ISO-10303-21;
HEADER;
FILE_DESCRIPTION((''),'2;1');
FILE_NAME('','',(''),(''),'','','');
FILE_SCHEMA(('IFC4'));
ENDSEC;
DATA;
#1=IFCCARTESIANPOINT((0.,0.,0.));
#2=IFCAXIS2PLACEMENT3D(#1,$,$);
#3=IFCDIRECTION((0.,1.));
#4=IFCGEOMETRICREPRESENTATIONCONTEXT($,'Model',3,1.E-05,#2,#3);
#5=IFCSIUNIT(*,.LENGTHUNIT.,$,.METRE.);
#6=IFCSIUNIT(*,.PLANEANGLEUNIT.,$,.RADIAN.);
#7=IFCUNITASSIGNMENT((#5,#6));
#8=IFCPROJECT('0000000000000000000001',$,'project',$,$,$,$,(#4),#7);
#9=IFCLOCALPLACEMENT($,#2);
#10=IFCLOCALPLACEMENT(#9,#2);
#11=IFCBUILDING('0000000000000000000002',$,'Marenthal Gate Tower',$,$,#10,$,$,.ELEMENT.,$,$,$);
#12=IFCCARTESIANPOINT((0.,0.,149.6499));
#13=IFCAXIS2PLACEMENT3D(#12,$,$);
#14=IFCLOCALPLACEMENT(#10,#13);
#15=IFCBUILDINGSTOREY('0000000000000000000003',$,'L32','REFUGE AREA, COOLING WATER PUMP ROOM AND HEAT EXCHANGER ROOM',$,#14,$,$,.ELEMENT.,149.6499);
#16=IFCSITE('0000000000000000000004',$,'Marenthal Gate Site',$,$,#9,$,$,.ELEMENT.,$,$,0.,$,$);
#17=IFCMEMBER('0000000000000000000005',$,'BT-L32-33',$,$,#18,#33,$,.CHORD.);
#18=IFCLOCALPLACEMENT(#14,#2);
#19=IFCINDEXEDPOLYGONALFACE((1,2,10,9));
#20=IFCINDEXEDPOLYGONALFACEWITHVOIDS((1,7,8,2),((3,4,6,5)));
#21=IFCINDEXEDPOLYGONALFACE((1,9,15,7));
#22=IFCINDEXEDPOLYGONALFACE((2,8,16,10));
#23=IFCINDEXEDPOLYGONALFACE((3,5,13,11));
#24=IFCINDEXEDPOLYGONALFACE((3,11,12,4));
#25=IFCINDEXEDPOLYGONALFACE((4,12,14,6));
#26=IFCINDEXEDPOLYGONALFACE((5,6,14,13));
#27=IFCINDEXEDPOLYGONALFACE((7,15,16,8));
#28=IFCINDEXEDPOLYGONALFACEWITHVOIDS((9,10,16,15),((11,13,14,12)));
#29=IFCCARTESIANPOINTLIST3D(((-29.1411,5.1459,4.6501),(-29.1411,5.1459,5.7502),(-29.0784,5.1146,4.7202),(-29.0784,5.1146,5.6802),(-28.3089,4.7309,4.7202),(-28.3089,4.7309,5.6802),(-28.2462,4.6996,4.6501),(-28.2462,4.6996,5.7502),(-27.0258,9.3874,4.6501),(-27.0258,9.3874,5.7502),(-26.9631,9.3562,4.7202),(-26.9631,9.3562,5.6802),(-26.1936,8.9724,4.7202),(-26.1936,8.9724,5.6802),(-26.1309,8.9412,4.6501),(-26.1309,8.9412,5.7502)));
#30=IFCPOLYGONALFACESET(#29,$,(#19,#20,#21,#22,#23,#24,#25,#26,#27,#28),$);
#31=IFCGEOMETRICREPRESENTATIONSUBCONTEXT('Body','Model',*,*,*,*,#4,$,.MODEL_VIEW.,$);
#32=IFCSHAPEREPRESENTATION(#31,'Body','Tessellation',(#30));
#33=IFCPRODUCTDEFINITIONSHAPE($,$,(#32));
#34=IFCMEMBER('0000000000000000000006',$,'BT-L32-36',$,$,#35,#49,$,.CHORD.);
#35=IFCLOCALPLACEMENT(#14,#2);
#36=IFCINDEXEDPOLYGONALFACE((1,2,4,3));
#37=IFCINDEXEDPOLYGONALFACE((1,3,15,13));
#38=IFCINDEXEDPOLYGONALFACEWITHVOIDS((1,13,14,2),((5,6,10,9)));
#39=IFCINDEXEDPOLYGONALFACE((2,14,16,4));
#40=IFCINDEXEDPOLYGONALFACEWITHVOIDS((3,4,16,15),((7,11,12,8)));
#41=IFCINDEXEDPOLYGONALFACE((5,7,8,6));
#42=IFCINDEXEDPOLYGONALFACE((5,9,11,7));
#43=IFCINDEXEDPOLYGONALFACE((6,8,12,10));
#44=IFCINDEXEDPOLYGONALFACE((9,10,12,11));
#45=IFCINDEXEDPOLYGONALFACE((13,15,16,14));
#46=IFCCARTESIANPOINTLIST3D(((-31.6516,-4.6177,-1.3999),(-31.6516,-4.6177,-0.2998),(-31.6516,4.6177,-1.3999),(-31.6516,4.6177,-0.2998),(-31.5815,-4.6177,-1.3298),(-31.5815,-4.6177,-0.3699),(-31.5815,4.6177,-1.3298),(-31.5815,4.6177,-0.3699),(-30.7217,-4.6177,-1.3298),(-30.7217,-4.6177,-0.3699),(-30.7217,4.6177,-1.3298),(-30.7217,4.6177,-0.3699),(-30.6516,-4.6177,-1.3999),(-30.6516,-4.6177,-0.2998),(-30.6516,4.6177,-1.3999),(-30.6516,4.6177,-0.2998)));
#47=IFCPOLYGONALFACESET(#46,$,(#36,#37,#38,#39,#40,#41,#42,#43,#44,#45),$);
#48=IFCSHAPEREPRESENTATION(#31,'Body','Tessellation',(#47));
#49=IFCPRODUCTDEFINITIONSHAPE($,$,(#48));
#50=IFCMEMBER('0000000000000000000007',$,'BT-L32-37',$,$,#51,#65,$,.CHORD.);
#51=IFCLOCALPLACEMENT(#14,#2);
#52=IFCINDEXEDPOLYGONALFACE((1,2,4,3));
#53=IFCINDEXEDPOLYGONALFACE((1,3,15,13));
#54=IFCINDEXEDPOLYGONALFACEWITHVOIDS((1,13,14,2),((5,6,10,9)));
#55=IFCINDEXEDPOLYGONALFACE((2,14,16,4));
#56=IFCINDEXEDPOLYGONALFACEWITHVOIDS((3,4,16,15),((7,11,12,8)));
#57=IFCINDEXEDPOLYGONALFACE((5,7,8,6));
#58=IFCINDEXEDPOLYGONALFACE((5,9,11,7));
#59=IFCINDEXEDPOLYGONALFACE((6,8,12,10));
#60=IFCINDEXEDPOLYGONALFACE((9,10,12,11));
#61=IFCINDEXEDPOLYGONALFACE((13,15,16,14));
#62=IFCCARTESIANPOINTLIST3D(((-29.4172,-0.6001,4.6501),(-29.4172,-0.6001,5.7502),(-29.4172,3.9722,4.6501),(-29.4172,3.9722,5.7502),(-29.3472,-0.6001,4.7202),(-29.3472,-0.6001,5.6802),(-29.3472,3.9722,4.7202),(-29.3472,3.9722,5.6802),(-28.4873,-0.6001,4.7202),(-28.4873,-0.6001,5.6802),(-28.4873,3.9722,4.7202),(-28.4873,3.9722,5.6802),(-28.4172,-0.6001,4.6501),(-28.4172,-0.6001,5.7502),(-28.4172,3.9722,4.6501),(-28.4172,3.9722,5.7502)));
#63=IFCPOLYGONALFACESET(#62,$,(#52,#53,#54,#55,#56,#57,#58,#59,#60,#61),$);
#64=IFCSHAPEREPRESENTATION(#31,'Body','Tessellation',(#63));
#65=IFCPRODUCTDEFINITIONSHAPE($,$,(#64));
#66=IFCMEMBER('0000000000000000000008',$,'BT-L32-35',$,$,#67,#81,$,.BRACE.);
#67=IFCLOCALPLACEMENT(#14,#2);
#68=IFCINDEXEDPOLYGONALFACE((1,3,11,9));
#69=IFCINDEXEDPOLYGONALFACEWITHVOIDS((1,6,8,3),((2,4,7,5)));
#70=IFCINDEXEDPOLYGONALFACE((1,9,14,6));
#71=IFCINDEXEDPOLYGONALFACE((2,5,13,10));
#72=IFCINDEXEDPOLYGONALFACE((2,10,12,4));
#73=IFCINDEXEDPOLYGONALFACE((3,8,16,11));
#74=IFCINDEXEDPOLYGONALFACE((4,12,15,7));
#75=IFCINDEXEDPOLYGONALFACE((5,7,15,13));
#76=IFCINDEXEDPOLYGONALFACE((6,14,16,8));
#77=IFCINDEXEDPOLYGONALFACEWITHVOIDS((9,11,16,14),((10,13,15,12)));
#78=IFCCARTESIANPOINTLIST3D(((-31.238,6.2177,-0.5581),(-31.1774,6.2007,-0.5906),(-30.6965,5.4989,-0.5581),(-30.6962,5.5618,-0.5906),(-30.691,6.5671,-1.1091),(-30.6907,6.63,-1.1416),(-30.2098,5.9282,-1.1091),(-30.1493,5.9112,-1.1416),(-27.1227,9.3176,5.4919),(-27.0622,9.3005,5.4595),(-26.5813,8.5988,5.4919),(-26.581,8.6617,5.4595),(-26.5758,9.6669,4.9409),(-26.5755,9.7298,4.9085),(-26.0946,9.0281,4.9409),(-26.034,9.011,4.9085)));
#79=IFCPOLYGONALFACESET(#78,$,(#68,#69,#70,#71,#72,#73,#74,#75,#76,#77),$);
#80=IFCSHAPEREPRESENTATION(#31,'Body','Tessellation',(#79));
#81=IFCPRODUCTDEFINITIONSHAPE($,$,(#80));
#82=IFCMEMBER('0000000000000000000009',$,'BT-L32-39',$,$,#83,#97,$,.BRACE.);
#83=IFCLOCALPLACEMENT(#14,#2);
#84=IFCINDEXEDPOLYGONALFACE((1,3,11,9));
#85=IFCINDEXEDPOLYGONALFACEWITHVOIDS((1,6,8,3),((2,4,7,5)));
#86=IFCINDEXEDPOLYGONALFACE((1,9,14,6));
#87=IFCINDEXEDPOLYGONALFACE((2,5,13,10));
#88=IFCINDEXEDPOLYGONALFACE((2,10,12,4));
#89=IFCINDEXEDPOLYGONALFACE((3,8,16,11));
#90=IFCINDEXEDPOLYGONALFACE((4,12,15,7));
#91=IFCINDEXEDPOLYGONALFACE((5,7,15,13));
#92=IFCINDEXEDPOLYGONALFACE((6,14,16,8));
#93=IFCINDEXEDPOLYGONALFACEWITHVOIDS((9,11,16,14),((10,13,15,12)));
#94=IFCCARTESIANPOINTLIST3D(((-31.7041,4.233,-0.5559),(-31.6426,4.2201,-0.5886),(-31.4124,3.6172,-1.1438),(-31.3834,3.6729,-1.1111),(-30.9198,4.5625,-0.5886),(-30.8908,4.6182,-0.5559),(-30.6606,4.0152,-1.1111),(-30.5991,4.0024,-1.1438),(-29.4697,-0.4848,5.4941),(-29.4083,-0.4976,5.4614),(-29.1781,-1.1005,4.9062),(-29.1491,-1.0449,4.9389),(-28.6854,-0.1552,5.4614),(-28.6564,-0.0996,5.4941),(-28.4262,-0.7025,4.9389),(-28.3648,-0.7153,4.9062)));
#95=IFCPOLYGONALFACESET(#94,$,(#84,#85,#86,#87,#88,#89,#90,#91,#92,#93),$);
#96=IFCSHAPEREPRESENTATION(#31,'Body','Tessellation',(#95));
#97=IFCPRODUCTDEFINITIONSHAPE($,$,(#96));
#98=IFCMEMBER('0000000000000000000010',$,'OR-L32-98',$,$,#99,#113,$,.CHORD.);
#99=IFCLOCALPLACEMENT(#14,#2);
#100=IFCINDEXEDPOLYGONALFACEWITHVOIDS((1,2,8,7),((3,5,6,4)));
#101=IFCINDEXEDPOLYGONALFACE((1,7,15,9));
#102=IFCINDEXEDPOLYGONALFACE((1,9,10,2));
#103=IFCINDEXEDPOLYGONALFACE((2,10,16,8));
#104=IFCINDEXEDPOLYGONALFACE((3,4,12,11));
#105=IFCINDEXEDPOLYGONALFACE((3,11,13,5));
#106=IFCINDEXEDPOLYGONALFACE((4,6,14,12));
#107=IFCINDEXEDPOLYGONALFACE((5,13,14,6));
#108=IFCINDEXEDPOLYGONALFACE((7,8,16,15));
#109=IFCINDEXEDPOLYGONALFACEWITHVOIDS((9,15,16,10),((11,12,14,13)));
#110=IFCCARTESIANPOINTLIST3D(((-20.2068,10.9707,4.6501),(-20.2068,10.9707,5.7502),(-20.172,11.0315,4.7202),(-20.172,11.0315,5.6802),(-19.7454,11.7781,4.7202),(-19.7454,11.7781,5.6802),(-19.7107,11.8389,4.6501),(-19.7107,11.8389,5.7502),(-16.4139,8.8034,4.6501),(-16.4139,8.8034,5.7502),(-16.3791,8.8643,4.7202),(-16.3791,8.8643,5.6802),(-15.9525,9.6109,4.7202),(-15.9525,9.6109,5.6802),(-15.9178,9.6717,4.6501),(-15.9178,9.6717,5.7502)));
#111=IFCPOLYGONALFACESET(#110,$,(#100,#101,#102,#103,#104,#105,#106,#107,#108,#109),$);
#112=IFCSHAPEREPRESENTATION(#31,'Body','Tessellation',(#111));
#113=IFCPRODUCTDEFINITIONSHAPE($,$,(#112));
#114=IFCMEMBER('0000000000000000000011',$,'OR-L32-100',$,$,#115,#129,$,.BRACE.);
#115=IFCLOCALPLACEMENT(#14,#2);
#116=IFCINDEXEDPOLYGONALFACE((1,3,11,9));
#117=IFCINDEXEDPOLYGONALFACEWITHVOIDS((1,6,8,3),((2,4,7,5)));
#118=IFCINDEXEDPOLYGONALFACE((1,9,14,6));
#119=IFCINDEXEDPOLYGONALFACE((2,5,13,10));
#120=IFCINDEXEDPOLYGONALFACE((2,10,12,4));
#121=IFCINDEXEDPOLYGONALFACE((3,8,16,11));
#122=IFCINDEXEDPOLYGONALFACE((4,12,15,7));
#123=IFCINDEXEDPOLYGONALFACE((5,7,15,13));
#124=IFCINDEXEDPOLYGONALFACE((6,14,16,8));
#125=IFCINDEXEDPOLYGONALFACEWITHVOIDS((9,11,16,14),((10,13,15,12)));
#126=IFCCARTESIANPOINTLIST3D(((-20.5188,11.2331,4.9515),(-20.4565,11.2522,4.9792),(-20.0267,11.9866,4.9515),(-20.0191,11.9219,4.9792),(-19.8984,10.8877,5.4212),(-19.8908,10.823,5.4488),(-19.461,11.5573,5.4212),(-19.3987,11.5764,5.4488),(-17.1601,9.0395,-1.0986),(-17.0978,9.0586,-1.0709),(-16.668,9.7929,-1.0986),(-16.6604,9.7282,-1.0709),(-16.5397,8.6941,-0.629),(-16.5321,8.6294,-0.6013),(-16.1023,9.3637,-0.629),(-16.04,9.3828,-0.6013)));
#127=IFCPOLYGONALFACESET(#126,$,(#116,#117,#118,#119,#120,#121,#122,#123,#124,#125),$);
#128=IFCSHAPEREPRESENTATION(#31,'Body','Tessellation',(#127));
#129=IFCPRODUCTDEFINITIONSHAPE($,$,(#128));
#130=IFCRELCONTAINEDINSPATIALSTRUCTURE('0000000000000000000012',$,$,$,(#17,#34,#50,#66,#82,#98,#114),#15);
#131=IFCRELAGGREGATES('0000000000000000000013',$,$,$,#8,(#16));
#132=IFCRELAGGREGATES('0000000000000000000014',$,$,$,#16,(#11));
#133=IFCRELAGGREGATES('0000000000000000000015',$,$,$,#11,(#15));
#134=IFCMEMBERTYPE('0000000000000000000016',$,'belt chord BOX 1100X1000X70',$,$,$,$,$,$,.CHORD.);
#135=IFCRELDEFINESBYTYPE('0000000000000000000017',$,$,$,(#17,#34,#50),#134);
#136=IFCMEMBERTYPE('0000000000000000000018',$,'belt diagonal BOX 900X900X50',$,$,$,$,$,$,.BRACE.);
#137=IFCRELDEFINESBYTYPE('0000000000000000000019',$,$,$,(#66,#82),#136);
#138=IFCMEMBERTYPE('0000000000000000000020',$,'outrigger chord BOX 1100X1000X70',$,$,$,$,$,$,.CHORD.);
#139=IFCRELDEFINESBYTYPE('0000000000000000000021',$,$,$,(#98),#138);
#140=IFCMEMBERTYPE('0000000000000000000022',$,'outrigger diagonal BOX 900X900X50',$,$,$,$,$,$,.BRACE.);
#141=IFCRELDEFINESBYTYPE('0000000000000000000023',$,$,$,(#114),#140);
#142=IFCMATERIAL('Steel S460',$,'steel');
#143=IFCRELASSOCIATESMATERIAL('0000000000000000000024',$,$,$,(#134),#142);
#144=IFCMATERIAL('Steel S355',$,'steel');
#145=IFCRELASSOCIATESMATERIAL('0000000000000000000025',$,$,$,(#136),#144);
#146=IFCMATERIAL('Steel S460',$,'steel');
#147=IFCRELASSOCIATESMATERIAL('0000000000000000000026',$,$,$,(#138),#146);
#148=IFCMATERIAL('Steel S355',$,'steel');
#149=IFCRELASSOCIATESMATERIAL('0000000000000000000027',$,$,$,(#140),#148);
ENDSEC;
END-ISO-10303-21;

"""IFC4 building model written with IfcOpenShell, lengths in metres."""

from ifc_helpers import new_model, si_unit, direction, frame, origin, origin_2d, place, context, subcontext, project, spatial, hollow_rectangle, extrude, material, material_profile, profile_set, type_object, element, save


model = new_model("IFC4")

# Units and contexts
model_context = context("Model", 3, precision=1e-05, world=origin(), true_north=direction((0.0, 1.0)))
body_context = subcontext(model_context, "Body", "Model", "MODEL_VIEW")
ifc_project = project(units=[si_unit("LENGTHUNIT", "METRE"), si_unit("PLANEANGLEUNIT", "RADIAN")], contexts=[model_context])

# Site, building, storey
site_placement = place(None, origin())
site = spatial("IfcSite", under=ifc_project, at=site_placement, Name="Marenthal Gate Site", CompositionType="ELEMENT", RefElevation=0.0)
building_placement = place(site_placement, origin())
building = spatial("IfcBuilding", under=site, at=building_placement, Name="Marenthal Gate Tower", CompositionType="ELEMENT")
storey_placement = place(building_placement, frame((0.0, 0.0, 149.6499)))
storey = spatial("IfcBuildingStorey", under=building, at=storey_placement, Name="L32", Description="REFUGE AREA, COOLING WATER PUMP ROOM AND HEAT EXCHANGER ROOM", CompositionType="ELEMENT", Elevation=149.6499)

# Members
ifc_material_1 = material(Name="Steel S460", Category="steel")
ifc_material_profile_1 = material_profile(ifc_material_1, hollow_rectangle(XDim=1.0, YDim=1.1001, WallThickness=0.0701, at=origin_2d()), Name="BOX 1100X1000X70")
ifc_profile_set_1 = profile_set([ifc_material_profile_1], Name="Steel S460")
member_type_1 = type_object("IfcMemberType", Name="belt chord BOX 1100X1000X70", PredefinedType="CHORD", material=ifc_profile_set_1)
member_1_placement = place(storey_placement, frame((-26.5784, 9.1643, 5.2002), z_axis=(-0.446286, -0.89489, 0.0), x_axis=(0.89489, -0.446286, 0.0)))
element("IfcMember", 1, at=member_1_placement, inside=storey, type_object=member_type_1, Name="BT-L32-33", PredefinedType="CHORD", context=body_context, shape_type="SweptSolid", body=[
    extrude(hollow_rectangle(XDim=1.0, YDim=1.1001, WallThickness=0.0701, at=origin_2d()), origin(), (0.0, 0.0, 1.0), 4.7397),
])
member_2_placement = place(storey_placement, frame((-31.1516, 4.6177, -0.8499), z_axis=(0.0, -1.0, 0.0), x_axis=(1.0, 0.0, 0.0)))
element("IfcMember", 2, at=member_2_placement, inside=storey, type_object=member_type_1, Name="BT-L32-36", PredefinedType="CHORD", context=body_context, shape_type="SweptSolid", body=[
    extrude(hollow_rectangle(XDim=1.0, YDim=1.1001, WallThickness=0.0701, at=origin_2d()), origin(), (0.0, 0.0, 1.0), 9.2354),
])
member_3_placement = place(storey_placement, frame((-28.9172, 3.9722, 5.2002), z_axis=(0.0, -1.0, 0.0), x_axis=(1.0, 0.0, 0.0)))
element("IfcMember", 3, at=member_3_placement, inside=storey, type_object=member_type_1, Name="BT-L32-37", PredefinedType="CHORD", context=body_context, shape_type="SweptSolid", body=[
    extrude(hollow_rectangle(XDim=1.0, YDim=1.1001, WallThickness=0.0701, at=origin_2d()), origin(), (0.0, 0.0, 1.0), 4.5723),
])
ifc_material_2 = material(Name="Steel S355", Category="steel")
ifc_material_profile_2 = material_profile(ifc_material_2, hollow_rectangle(XDim=0.8999, YDim=0.8999, WallThickness=0.05, at=origin_2d()), Name="BOX 900X900X50")
ifc_profile_set_2 = profile_set([ifc_material_profile_2], Name="Steel S355")
member_type_2 = type_object("IfcMemberType", Name="belt diagonal BOX 900X900X50", PredefinedType="BRACE", material=ifc_profile_set_2)
member_4_placement = place(storey_placement, frame((-26.5784, 9.1643, 5.2002), z_axis=(-0.517866, -0.390089, -0.761345), x_axis=(0.601667, -0.798747, 0.0)))
element("IfcMember", 4, at=member_4_placement, inside=storey, type_object=member_type_2, Name="BT-L32-35", PredefinedType="BRACE", context=body_context, shape_type="SweptSolid", body=[
    extrude(hollow_rectangle(XDim=0.8999, YDim=0.8999, WallThickness=0.05, at=origin_2d()), origin(), (0.0, 0.0, 1.0), 7.9465),
])
member_5_placement = place(storey_placement, frame((-31.1516, 4.1177, -0.8499), z_axis=(0.279618, -0.590401, 0.757127), x_axis=(0.903765, 0.42803, 0.0)))
element("IfcMember", 5, at=member_5_placement, inside=storey, type_object=member_type_2, Name="BT-L32-39", PredefinedType="BRACE", context=body_context, shape_type="SweptSolid", body=[
    extrude(hollow_rectangle(XDim=0.8999, YDim=0.8999, WallThickness=0.05, at=origin_2d()), origin(), (0.0, 0.0, 1.0), 7.9907),
])
ifc_material_3 = material(Name="Steel S460", Category="steel")
ifc_material_profile_3 = material_profile(ifc_material_3, hollow_rectangle(XDim=1.0, YDim=1.1001, WallThickness=0.0701, at=origin_2d()), Name="BOX 1100X1000X70")
ifc_profile_set_3 = profile_set([ifc_material_profile_3], Name="Steel S460")
member_type_3 = type_object("IfcMemberType", Name="outrigger chord BOX 1100X1000X70", PredefinedType="CHORD", material=ifc_profile_set_3)
member_6_placement = place(storey_placement, frame((-19.9587, 11.4048, 5.2002), z_axis=(0.86826, -0.496109, 0.0), x_axis=(0.496109, 0.86826, 0.0)))
element("IfcMember", 6, at=member_6_placement, inside=storey, type_object=member_type_3, Name="OR-L32-98", PredefinedType="CHORD", context=body_context, shape_type="SweptSolid", body=[
    extrude(hollow_rectangle(XDim=1.0, YDim=1.1001, WallThickness=0.0701, at=origin_2d()), origin(), (0.0, 0.0, 1.0), 4.3684),
])
ifc_material_4 = material(Name="Steel S355", Category="steel")
ifc_material_profile_4 = material_profile(ifc_material_4, hollow_rectangle(XDim=0.8999, YDim=0.8999, WallThickness=0.05, at=origin_2d()), Name="BOX 900X900X50")
ifc_profile_set_4 = profile_set([ifc_material_profile_4], Name="Steel S355")
member_type_4 = type_object("IfcMemberType", Name="outrigger diagonal BOX 900X900X50", PredefinedType="BRACE", material=ifc_profile_set_4)
member_7_placement = place(storey_placement, frame((-19.9587, 11.4048, 5.2002), z_axis=(0.462676, -0.302184, -0.833436), x_axis=(0.546825, 0.837247, 0.0)))
element("IfcMember", 7, at=member_7_placement, inside=storey, type_object=member_type_4, Name="OR-L32-100", PredefinedType="BRACE", context=body_context, shape_type="SweptSolid", body=[
    extrude(hollow_rectangle(XDim=0.8999, YDim=0.8999, WallThickness=0.05, at=origin_2d()), origin(), (0.0, 0.0, 1.0), 7.2593),
])

save(model, "model.ifc")
